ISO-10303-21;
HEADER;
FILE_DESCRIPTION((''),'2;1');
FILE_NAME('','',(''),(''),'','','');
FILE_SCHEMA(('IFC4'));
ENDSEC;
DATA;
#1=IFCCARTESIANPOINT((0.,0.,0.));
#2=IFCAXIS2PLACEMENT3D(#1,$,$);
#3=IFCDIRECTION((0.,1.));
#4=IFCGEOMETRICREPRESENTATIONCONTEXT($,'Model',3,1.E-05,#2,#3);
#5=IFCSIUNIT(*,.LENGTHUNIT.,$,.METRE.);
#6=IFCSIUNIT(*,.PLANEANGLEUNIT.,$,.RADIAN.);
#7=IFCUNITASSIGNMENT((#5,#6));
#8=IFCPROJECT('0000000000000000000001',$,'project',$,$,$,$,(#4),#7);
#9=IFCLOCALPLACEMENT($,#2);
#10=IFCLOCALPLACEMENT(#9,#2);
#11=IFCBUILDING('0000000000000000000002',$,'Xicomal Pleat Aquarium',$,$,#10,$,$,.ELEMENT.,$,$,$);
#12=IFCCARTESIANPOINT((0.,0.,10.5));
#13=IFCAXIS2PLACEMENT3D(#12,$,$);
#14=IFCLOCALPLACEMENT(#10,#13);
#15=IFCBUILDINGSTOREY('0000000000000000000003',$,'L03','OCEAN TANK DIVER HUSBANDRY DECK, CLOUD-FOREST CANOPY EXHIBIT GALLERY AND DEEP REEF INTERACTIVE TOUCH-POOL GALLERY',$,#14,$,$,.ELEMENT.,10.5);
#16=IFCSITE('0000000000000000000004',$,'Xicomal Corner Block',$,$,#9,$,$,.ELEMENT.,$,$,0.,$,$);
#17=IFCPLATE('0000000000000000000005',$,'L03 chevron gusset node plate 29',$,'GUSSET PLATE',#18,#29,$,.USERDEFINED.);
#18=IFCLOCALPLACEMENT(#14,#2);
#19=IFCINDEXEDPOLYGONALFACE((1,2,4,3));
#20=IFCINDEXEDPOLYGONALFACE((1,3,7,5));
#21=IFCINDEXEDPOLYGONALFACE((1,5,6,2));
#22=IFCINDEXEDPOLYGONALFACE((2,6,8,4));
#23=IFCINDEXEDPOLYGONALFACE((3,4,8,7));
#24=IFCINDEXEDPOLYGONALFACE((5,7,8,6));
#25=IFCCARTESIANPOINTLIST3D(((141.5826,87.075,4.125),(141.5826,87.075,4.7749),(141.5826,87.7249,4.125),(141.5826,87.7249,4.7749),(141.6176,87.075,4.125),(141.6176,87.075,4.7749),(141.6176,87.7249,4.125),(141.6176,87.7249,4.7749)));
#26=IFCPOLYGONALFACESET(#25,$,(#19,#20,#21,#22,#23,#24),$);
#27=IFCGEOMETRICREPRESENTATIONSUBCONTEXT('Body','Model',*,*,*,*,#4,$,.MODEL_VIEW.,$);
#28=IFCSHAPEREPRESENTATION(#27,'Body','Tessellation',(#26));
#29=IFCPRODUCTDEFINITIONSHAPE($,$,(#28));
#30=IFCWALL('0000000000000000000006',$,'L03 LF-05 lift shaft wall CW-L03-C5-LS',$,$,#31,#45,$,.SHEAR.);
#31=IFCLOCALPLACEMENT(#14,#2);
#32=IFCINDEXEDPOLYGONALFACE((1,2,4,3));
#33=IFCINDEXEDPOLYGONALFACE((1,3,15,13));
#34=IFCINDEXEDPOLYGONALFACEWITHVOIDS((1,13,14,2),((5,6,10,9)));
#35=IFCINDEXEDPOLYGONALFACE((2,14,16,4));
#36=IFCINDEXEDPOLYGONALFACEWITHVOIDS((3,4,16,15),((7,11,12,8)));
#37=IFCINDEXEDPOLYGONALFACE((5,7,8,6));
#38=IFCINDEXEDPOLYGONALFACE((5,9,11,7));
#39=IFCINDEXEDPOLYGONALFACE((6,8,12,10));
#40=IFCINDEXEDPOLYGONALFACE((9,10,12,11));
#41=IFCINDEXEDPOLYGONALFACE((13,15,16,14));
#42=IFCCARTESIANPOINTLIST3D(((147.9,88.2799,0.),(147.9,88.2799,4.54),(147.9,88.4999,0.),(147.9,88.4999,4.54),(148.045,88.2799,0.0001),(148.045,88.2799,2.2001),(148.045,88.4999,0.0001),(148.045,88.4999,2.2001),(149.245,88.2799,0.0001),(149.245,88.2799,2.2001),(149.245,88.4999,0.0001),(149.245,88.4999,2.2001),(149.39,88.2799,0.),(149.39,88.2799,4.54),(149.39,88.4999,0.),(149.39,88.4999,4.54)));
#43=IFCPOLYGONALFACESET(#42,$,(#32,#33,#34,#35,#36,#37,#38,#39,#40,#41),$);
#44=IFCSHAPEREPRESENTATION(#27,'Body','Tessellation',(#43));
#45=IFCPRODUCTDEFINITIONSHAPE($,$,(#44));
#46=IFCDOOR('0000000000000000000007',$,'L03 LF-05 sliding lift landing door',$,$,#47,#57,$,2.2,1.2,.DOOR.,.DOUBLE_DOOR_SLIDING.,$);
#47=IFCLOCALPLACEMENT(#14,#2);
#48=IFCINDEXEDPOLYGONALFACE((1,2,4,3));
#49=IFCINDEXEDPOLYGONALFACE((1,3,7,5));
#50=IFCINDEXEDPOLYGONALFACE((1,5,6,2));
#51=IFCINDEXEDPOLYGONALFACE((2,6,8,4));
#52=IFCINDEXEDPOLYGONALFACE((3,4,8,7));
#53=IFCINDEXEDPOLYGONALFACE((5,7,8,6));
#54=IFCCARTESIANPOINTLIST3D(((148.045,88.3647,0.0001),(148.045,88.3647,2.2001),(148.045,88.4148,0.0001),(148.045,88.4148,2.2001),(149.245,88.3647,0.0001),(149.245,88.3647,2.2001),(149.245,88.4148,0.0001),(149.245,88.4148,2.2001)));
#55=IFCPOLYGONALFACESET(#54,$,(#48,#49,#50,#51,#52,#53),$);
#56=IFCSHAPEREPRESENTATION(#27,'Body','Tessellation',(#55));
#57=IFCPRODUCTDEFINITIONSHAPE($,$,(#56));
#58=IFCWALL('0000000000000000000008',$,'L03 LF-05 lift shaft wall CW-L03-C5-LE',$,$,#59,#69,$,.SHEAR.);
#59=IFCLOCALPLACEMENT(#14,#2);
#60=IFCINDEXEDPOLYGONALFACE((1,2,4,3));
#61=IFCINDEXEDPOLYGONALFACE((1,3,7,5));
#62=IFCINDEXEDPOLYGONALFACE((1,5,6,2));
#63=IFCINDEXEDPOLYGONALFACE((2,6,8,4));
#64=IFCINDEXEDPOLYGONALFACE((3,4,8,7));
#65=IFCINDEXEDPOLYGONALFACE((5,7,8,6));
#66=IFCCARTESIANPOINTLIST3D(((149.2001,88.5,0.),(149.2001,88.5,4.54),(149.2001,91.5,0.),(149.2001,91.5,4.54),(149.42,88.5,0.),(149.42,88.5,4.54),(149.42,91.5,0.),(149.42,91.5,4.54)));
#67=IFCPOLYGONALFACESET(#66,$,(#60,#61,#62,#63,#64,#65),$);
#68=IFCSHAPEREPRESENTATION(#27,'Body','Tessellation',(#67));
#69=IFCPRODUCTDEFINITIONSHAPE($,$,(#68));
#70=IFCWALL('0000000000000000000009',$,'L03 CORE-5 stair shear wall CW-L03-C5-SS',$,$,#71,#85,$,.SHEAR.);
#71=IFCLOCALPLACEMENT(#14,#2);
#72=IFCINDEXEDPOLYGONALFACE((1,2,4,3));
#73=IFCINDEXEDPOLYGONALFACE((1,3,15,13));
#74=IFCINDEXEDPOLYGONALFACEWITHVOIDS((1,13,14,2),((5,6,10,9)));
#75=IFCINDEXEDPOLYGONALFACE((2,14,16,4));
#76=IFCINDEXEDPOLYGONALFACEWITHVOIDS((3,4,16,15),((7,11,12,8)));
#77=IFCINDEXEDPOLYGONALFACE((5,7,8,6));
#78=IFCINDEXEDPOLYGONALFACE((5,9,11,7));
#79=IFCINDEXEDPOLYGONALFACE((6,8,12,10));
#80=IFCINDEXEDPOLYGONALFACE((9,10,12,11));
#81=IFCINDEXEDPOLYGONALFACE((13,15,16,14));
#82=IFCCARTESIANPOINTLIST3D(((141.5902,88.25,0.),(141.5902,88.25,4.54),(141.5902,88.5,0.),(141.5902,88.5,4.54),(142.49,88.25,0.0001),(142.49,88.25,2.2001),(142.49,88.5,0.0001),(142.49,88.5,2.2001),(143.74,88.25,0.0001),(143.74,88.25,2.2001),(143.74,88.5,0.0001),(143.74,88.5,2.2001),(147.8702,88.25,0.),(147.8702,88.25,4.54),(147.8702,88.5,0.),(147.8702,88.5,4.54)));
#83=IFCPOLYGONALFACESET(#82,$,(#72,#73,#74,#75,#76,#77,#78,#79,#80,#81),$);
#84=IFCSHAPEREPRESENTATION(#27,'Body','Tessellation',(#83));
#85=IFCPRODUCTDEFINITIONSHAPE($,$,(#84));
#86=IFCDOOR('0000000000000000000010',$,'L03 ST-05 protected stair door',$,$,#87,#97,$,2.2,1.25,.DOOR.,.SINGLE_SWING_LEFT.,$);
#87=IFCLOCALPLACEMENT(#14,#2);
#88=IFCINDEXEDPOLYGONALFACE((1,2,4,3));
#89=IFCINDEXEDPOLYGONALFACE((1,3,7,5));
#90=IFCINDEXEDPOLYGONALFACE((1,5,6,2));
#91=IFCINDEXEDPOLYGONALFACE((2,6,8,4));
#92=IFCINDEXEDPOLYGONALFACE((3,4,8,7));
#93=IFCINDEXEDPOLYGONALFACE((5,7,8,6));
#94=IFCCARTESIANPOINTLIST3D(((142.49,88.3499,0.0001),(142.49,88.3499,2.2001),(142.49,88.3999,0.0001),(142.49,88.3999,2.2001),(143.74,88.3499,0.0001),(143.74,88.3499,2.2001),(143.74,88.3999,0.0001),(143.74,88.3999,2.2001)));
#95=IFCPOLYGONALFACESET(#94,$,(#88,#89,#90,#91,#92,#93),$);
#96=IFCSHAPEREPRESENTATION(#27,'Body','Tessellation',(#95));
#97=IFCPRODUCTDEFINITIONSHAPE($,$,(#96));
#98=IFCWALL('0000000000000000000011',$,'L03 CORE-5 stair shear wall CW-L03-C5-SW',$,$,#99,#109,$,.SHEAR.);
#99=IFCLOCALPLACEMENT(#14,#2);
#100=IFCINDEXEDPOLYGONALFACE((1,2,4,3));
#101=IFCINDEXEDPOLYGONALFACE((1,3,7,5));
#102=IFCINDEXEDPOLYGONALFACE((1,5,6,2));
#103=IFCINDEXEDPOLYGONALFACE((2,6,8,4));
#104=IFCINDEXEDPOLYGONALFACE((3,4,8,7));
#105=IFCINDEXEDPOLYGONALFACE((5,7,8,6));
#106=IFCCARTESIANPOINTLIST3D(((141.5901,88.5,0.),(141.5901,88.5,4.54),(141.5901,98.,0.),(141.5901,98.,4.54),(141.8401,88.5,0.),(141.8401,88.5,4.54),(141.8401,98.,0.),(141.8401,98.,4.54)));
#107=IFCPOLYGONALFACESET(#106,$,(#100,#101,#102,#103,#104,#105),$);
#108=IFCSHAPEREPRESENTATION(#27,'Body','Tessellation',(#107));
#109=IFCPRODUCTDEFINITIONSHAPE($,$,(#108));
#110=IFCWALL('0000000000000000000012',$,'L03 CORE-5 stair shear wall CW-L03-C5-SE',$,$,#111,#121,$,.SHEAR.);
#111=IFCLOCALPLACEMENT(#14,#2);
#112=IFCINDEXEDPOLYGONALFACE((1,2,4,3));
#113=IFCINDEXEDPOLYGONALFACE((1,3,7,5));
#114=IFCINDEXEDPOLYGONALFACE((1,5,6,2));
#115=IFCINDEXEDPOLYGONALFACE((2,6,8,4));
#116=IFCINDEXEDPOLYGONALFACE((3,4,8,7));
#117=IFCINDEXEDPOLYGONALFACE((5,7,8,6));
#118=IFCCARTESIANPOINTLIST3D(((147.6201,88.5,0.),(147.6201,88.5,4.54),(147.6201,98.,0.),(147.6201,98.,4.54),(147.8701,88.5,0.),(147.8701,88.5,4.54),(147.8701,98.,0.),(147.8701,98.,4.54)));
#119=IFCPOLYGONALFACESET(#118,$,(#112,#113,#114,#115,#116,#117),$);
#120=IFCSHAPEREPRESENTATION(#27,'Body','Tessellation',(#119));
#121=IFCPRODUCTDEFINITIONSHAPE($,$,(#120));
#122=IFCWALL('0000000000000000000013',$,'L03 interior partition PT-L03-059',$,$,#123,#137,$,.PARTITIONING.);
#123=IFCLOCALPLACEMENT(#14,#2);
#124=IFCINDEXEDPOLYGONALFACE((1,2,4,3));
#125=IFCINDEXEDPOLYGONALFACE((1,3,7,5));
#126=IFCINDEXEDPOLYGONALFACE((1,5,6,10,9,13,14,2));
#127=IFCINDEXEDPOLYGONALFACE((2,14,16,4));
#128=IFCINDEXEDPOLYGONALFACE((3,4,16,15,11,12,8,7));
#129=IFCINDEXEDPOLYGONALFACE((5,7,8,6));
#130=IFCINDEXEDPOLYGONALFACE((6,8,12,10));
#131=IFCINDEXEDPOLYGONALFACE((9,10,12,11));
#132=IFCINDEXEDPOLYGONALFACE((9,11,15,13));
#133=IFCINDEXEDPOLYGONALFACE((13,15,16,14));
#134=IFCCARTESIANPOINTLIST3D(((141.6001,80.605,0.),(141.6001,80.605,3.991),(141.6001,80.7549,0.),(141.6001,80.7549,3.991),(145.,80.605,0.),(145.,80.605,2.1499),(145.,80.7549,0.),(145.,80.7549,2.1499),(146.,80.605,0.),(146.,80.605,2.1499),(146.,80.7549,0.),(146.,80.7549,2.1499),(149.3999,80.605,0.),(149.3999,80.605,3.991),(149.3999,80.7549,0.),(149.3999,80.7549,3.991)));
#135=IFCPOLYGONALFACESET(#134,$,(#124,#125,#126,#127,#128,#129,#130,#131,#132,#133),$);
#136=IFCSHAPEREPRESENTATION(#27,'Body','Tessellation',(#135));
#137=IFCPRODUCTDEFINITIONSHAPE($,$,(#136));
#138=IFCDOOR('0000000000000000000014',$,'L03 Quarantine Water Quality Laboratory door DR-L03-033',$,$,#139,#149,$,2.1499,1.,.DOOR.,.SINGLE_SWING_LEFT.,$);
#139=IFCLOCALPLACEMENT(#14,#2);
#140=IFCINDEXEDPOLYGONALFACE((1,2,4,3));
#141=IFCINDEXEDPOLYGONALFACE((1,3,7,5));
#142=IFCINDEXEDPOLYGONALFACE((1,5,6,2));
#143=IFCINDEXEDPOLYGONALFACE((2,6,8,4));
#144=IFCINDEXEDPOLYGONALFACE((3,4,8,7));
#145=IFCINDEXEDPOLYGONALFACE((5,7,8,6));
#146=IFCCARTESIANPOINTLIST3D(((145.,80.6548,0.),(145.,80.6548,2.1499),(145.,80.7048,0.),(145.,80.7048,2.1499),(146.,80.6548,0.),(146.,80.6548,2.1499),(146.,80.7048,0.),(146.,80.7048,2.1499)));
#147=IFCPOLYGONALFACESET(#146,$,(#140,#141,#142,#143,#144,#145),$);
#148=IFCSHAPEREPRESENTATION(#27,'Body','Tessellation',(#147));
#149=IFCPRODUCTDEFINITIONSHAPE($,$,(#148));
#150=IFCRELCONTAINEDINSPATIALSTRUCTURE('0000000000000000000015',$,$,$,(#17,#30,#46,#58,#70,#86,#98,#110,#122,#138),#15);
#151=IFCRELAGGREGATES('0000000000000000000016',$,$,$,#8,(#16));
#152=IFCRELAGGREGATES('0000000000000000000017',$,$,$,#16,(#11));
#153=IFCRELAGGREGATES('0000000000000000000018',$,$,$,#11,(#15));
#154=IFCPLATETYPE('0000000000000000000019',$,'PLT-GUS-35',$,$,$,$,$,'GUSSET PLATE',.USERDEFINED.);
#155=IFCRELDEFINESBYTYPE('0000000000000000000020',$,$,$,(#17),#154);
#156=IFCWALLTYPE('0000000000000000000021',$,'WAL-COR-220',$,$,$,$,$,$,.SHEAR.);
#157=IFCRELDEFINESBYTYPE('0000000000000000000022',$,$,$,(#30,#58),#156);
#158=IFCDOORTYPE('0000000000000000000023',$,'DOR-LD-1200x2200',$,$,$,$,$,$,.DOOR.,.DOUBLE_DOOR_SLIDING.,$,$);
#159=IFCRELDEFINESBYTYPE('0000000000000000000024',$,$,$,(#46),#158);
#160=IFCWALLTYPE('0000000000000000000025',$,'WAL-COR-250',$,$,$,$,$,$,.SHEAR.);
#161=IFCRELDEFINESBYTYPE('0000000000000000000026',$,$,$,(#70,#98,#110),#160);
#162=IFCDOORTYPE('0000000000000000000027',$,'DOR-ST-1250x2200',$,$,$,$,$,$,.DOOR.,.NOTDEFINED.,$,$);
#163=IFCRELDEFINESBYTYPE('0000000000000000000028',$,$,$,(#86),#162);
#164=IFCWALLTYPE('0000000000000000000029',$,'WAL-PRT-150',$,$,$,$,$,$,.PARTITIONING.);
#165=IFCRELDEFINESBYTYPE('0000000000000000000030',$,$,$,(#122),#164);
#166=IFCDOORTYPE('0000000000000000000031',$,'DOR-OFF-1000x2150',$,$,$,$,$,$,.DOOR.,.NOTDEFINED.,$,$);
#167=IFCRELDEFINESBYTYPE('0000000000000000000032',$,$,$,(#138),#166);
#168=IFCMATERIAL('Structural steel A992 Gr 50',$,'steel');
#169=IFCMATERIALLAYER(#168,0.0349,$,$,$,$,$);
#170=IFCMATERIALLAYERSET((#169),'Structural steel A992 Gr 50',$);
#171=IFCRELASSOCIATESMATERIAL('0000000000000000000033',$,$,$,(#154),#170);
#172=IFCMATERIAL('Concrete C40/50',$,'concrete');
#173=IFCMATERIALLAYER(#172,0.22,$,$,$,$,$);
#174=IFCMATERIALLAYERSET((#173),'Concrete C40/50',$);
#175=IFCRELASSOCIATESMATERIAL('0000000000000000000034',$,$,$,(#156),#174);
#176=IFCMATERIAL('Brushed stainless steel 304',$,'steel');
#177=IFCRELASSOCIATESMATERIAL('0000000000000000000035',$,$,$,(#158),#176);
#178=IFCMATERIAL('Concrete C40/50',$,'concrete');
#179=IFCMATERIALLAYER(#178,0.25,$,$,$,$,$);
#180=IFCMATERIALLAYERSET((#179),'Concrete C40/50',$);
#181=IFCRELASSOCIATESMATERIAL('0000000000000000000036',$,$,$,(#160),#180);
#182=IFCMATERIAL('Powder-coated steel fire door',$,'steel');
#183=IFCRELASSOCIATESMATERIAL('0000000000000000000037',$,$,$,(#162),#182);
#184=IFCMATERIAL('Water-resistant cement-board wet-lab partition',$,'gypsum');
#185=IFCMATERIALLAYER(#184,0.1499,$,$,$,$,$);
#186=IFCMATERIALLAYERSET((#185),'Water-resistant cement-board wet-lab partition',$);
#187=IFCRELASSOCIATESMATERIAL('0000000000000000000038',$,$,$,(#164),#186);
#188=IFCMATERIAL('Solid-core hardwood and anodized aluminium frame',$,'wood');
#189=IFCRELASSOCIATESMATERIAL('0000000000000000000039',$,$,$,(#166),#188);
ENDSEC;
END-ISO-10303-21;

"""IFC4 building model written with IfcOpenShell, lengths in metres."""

from ifc_helpers import new_model, si_unit, direction, frame, frame_2d, origin, origin_2d, place, context, subcontext, project, spatial, rectangle, extrude, material, layer, layer_set, type_object, element, fill, save


model = new_model("IFC4")

# Units and contexts
model_context = context("Model", 3, precision=1e-05, world=origin(), true_north=direction((0.0, 1.0)))
body_context = subcontext(model_context, "Body", "Model", "MODEL_VIEW")
ifc_project = project(units=[si_unit("LENGTHUNIT", "METRE"), si_unit("PLANEANGLEUNIT", "RADIAN")], contexts=[model_context])

# Site, building, storey
site_placement = place(None, origin())
site = spatial("IfcSite", under=ifc_project, at=site_placement, Name="Xicomal Corner Block", CompositionType="ELEMENT", RefElevation=0.0)
building_placement = place(site_placement, origin())
building = spatial("IfcBuilding", under=site, at=building_placement, Name="Xicomal Pleat Aquarium", CompositionType="ELEMENT")
storey_placement = place(building_placement, frame((0.0, 0.0, 10.5)))
storey = spatial("IfcBuildingStorey", under=building, at=storey_placement, Name="L03", Description="OCEAN TANK DIVER HUSBANDRY DECK, CLOUD-FOREST CANOPY EXHIBIT GALLERY AND DEEP REEF INTERACTIVE TOUCH-POOL GALLERY", CompositionType="ELEMENT", Elevation=10.5)

# Plate
ifc_material_1 = material(Name="Structural steel A992 Gr 50", Category="steel")
ifc_layer_1 = layer(ifc_material_1, 0.0349)
ifc_layer_set_1 = layer_set([ifc_layer_1], Name="Structural steel A992 Gr 50")
plate_type_1 = type_object("IfcPlateType", Name="PLT-GUS-35", ElementType="GUSSET PLATE", PredefinedType="USERDEFINED", material=ifc_layer_set_1)
plate_1_placement = place(storey_placement, frame((141.6001, 87.3999, 4.125), z_axis=(0.0, 0.0, 1.0), x_axis=(0.0, 1.0, 0.0)))
element("IfcPlate", 1, at=plate_1_placement, inside=storey, type_object=plate_type_1, Name="L03 chevron gusset node plate 29", ObjectType="GUSSET PLATE", PredefinedType="USERDEFINED", context=body_context, shape_type="SweptSolid", body=[
    extrude(rectangle(XDim=0.6499, YDim=0.0349, at=origin_2d()), origin(), (0.0, 0.0, 1.0), 0.6499),
])

# Wall, opening, door
ifc_material_2 = material(Name="Concrete C40/50", Category="concrete")
ifc_layer_2 = layer(ifc_material_2, 0.22)
ifc_layer_set_2 = layer_set([ifc_layer_2], Name="Concrete C40/50")
wall_type_1 = type_object("IfcWallType", Name="WAL-COR-220", PredefinedType="SHEAR", material=ifc_layer_set_2)
wall_1_placement = place(storey_placement, frame((147.8999, 88.3899, 0.0), z_axis=(0.0, 0.0, 1.0), x_axis=(1.0, 0.0, 0.0)))
wall_1 = element("IfcWall", 2, at=wall_1_placement, inside=storey, type_object=wall_type_1, Name="L03 LF-05 lift shaft wall CW-L03-C5-LS", PredefinedType="SHEAR", context=body_context, shape_type="SweptSolid", body=[
    extrude(rectangle(XDim=1.49, YDim=0.22, at=frame_2d((0.7451, 0.0))), origin(), (0.0, 0.0, 1.0), 4.54),
])
opening_1_placement = place(wall_1_placement, frame((0.145, 0.0, 0.0)))
opening_1 = element("IfcOpeningElement", 3, at=opening_1_placement, cuts=wall_1, PredefinedType="OPENING", context=body_context, shape_type="SweptSolid", body=[
    extrude(rectangle(XDim=1.2, YDim=2.2, at=frame_2d((0.6001, 1.1001))), frame((0.0, 0.1199, 0.0), z_axis=(0.0, -1.0, 0.0), x_axis=(1.0, 0.0, 0.0)), (0.0, 0.0, 1.0), 0.24),
])
ifc_material_3 = material(Name="Brushed stainless steel 304", Category="steel")
door_type_1 = type_object("IfcDoorType", Name="DOR-LD-1200x2200", OperationType="DOUBLE_DOOR_SLIDING", PredefinedType="DOOR", material=ifc_material_3)
door_1_placement = place(opening_1_placement, origin())
door_1 = element("IfcDoor", 4, at=door_1_placement, inside=storey, type_object=door_type_1, Name="L03 LF-05 sliding lift landing door", OperationType="DOUBLE_DOOR_SLIDING", OverallHeight=2.2, OverallWidth=1.2, PredefinedType="DOOR", context=body_context, shape_type="SweptSolid", body=[
    extrude(rectangle(XDim=1.2, YDim=2.2, at=frame_2d((0.6001, 1.1001))), frame((0.0, 0.0249, 0.0), z_axis=(0.0, -1.0, 0.0), x_axis=(1.0, 0.0, 0.0)), (0.0, 0.0, 1.0), 0.05),
])
fill(opening_1, door_1)

# Wall
wall_2_placement = place(storey_placement, frame((149.3101, 88.5, 0.0), z_axis=(0.0, 0.0, 1.0), x_axis=(0.0, 1.0, 0.0)))
element("IfcWall", 5, at=wall_2_placement, inside=storey, type_object=wall_type_1, Name="L03 LF-05 lift shaft wall CW-L03-C5-LE", PredefinedType="SHEAR", context=body_context, shape_type="SweptSolid", body=[
    extrude(rectangle(XDim=3.0, YDim=0.22, at=frame_2d((1.5, 0.0))), origin(), (0.0, 0.0, 1.0), 4.54),
])

# Wall, opening, door
ifc_material_4 = material(Name="Concrete C40/50", Category="concrete")
ifc_layer_3 = layer(ifc_material_4, 0.25)
ifc_layer_set_3 = layer_set([ifc_layer_3], Name="Concrete C40/50")
wall_type_2 = type_object("IfcWallType", Name="WAL-COR-250", PredefinedType="SHEAR", material=ifc_layer_set_3)
wall_3_placement = place(storey_placement, frame((141.5901, 88.375, 0.0), z_axis=(0.0, 0.0, 1.0), x_axis=(1.0, 0.0, 0.0)))
wall_3 = element("IfcWall", 6, at=wall_3_placement, inside=storey, type_object=wall_type_2, Name="L03 CORE-5 stair shear wall CW-L03-C5-SS", PredefinedType="SHEAR", context=body_context, shape_type="SweptSolid", body=[
    extrude(rectangle(XDim=6.28, YDim=0.25, at=frame_2d((3.1401, 0.0))), origin(), (0.0, 0.0, 1.0), 4.54),
])
opening_2_placement = place(wall_3_placement, frame((0.8999, 0.0, 0.0)))
opening_2 = element("IfcOpeningElement", 7, at=opening_2_placement, cuts=wall_3, PredefinedType="OPENING", context=body_context, shape_type="SweptSolid", body=[
    extrude(rectangle(XDim=1.25, YDim=2.2, at=frame_2d((0.625, 1.1001))), frame((0.0, 0.135, 0.0), z_axis=(0.0, -1.0, 0.0), x_axis=(1.0, 0.0, 0.0)), (0.0, 0.0, 1.0), 0.27),
])
ifc_material_5 = material(Name="Powder-coated steel fire door", Category="steel")
door_type_2 = type_object("IfcDoorType", Name="DOR-ST-1250x2200", OperationType="NOTDEFINED", PredefinedType="DOOR", material=ifc_material_5)
door_2_placement = place(opening_2_placement, origin())
door_2 = element("IfcDoor", 8, at=door_2_placement, inside=storey, type_object=door_type_2, Name="L03 ST-05 protected stair door", OperationType="SINGLE_SWING_LEFT", OverallHeight=2.2, OverallWidth=1.25, PredefinedType="DOOR", context=body_context, shape_type="SweptSolid", body=[
    extrude(rectangle(XDim=1.25, YDim=2.2, at=frame_2d((0.625, 1.1001))), frame((0.0, 0.0249, 0.0), z_axis=(0.0, -1.0, 0.0), x_axis=(1.0, 0.0, 0.0)), (0.0, 0.0, 1.0), 0.05),
])
fill(opening_2, door_2)

# Walls
for number, where, z_axis, x_axis, name in (
    (9, (141.7151, 88.5, 0.0), (0.0, 0.0, 1.0), (0.0, 1.0, 0.0), "L03 CORE-5 stair shear wall CW-L03-C5-SW"),
    (10, (147.7451, 88.5, 0.0), (0.0, 0.0, 1.0), (0.0, 1.0, 0.0), "L03 CORE-5 stair shear wall CW-L03-C5-SE"),
):
    element("IfcWall", number, at=place(storey_placement, frame(where, z_axis=z_axis, x_axis=x_axis)), inside=storey, type_object=wall_type_2, Name=name, PredefinedType="SHEAR", context=body_context, shape_type="SweptSolid", body=[
        extrude(rectangle(XDim=9.5, YDim=0.25, at=frame_2d((4.75, 0.0))), origin(), (0.0, 0.0, 1.0), 4.54),
    ])

# Wall, opening, door
ifc_material_6 = material(Name="Water-resistant cement-board wet-lab partition", Category="gypsum")
ifc_layer_4 = layer(ifc_material_6, 0.1499)
ifc_layer_set_4 = layer_set([ifc_layer_4], Name="Water-resistant cement-board wet-lab partition")
wall_type_3 = type_object("IfcWallType", Name="WAL-PRT-150", PredefinedType="PARTITIONING", material=ifc_layer_set_4)
wall_4_placement = place(storey_placement, frame((141.6001, 80.6799, 0.0), z_axis=(0.0, 0.0, 1.0), x_axis=(1.0, 0.0, 0.0)))
wall_4 = element("IfcWall", 11, at=wall_4_placement, inside=storey, type_object=wall_type_3, Name="L03 interior partition PT-L03-059", PredefinedType="PARTITIONING", context=body_context, shape_type="SweptSolid", body=[
    extrude(rectangle(XDim=7.7998, YDim=0.1499, at=frame_2d((3.8999, 0.0))), origin(), (0.0, 0.0, 1.0), 3.991),
])
opening_3_placement = place(wall_4_placement, frame((3.3999, 0.0, 0.0)))
opening_3 = element("IfcOpeningElement", 12, at=opening_3_placement, cuts=wall_4, PredefinedType="OPENING", context=body_context, shape_type="SweptSolid", body=[
    extrude(rectangle(XDim=1.0, YDim=2.1499, at=frame_2d((0.5, 1.075))), frame((0.0, 0.085, 0.0), z_axis=(0.0, -1.0, 0.0), x_axis=(1.0, 0.0, 0.0)), (0.0, 0.0, 1.0), 0.1699),
])
ifc_material_7 = material(Name="Solid-core hardwood and anodized aluminium frame", Category="wood")
door_type_3 = type_object("IfcDoorType", Name="DOR-OFF-1000x2150", OperationType="NOTDEFINED", PredefinedType="DOOR", material=ifc_material_7)
door_3_placement = place(opening_3_placement, origin())
door_3 = element("IfcDoor", 13, at=door_3_placement, inside=storey, type_object=door_type_3, Name="L03 Quarantine Water Quality Laboratory door DR-L03-033", OperationType="SINGLE_SWING_LEFT", OverallHeight=2.1499, OverallWidth=1.0, PredefinedType="DOOR", context=body_context, shape_type="SweptSolid", body=[
    extrude(rectangle(XDim=1.0, YDim=2.1499, at=frame_2d((0.5, 1.075))), frame((0.0, 0.0249, 0.0), z_axis=(0.0, -1.0, 0.0), x_axis=(1.0, 0.0, 0.0)), (0.0, 0.0, 1.0), 0.05),
])
fill(opening_3, door_3)

save(model, "model.ifc")
